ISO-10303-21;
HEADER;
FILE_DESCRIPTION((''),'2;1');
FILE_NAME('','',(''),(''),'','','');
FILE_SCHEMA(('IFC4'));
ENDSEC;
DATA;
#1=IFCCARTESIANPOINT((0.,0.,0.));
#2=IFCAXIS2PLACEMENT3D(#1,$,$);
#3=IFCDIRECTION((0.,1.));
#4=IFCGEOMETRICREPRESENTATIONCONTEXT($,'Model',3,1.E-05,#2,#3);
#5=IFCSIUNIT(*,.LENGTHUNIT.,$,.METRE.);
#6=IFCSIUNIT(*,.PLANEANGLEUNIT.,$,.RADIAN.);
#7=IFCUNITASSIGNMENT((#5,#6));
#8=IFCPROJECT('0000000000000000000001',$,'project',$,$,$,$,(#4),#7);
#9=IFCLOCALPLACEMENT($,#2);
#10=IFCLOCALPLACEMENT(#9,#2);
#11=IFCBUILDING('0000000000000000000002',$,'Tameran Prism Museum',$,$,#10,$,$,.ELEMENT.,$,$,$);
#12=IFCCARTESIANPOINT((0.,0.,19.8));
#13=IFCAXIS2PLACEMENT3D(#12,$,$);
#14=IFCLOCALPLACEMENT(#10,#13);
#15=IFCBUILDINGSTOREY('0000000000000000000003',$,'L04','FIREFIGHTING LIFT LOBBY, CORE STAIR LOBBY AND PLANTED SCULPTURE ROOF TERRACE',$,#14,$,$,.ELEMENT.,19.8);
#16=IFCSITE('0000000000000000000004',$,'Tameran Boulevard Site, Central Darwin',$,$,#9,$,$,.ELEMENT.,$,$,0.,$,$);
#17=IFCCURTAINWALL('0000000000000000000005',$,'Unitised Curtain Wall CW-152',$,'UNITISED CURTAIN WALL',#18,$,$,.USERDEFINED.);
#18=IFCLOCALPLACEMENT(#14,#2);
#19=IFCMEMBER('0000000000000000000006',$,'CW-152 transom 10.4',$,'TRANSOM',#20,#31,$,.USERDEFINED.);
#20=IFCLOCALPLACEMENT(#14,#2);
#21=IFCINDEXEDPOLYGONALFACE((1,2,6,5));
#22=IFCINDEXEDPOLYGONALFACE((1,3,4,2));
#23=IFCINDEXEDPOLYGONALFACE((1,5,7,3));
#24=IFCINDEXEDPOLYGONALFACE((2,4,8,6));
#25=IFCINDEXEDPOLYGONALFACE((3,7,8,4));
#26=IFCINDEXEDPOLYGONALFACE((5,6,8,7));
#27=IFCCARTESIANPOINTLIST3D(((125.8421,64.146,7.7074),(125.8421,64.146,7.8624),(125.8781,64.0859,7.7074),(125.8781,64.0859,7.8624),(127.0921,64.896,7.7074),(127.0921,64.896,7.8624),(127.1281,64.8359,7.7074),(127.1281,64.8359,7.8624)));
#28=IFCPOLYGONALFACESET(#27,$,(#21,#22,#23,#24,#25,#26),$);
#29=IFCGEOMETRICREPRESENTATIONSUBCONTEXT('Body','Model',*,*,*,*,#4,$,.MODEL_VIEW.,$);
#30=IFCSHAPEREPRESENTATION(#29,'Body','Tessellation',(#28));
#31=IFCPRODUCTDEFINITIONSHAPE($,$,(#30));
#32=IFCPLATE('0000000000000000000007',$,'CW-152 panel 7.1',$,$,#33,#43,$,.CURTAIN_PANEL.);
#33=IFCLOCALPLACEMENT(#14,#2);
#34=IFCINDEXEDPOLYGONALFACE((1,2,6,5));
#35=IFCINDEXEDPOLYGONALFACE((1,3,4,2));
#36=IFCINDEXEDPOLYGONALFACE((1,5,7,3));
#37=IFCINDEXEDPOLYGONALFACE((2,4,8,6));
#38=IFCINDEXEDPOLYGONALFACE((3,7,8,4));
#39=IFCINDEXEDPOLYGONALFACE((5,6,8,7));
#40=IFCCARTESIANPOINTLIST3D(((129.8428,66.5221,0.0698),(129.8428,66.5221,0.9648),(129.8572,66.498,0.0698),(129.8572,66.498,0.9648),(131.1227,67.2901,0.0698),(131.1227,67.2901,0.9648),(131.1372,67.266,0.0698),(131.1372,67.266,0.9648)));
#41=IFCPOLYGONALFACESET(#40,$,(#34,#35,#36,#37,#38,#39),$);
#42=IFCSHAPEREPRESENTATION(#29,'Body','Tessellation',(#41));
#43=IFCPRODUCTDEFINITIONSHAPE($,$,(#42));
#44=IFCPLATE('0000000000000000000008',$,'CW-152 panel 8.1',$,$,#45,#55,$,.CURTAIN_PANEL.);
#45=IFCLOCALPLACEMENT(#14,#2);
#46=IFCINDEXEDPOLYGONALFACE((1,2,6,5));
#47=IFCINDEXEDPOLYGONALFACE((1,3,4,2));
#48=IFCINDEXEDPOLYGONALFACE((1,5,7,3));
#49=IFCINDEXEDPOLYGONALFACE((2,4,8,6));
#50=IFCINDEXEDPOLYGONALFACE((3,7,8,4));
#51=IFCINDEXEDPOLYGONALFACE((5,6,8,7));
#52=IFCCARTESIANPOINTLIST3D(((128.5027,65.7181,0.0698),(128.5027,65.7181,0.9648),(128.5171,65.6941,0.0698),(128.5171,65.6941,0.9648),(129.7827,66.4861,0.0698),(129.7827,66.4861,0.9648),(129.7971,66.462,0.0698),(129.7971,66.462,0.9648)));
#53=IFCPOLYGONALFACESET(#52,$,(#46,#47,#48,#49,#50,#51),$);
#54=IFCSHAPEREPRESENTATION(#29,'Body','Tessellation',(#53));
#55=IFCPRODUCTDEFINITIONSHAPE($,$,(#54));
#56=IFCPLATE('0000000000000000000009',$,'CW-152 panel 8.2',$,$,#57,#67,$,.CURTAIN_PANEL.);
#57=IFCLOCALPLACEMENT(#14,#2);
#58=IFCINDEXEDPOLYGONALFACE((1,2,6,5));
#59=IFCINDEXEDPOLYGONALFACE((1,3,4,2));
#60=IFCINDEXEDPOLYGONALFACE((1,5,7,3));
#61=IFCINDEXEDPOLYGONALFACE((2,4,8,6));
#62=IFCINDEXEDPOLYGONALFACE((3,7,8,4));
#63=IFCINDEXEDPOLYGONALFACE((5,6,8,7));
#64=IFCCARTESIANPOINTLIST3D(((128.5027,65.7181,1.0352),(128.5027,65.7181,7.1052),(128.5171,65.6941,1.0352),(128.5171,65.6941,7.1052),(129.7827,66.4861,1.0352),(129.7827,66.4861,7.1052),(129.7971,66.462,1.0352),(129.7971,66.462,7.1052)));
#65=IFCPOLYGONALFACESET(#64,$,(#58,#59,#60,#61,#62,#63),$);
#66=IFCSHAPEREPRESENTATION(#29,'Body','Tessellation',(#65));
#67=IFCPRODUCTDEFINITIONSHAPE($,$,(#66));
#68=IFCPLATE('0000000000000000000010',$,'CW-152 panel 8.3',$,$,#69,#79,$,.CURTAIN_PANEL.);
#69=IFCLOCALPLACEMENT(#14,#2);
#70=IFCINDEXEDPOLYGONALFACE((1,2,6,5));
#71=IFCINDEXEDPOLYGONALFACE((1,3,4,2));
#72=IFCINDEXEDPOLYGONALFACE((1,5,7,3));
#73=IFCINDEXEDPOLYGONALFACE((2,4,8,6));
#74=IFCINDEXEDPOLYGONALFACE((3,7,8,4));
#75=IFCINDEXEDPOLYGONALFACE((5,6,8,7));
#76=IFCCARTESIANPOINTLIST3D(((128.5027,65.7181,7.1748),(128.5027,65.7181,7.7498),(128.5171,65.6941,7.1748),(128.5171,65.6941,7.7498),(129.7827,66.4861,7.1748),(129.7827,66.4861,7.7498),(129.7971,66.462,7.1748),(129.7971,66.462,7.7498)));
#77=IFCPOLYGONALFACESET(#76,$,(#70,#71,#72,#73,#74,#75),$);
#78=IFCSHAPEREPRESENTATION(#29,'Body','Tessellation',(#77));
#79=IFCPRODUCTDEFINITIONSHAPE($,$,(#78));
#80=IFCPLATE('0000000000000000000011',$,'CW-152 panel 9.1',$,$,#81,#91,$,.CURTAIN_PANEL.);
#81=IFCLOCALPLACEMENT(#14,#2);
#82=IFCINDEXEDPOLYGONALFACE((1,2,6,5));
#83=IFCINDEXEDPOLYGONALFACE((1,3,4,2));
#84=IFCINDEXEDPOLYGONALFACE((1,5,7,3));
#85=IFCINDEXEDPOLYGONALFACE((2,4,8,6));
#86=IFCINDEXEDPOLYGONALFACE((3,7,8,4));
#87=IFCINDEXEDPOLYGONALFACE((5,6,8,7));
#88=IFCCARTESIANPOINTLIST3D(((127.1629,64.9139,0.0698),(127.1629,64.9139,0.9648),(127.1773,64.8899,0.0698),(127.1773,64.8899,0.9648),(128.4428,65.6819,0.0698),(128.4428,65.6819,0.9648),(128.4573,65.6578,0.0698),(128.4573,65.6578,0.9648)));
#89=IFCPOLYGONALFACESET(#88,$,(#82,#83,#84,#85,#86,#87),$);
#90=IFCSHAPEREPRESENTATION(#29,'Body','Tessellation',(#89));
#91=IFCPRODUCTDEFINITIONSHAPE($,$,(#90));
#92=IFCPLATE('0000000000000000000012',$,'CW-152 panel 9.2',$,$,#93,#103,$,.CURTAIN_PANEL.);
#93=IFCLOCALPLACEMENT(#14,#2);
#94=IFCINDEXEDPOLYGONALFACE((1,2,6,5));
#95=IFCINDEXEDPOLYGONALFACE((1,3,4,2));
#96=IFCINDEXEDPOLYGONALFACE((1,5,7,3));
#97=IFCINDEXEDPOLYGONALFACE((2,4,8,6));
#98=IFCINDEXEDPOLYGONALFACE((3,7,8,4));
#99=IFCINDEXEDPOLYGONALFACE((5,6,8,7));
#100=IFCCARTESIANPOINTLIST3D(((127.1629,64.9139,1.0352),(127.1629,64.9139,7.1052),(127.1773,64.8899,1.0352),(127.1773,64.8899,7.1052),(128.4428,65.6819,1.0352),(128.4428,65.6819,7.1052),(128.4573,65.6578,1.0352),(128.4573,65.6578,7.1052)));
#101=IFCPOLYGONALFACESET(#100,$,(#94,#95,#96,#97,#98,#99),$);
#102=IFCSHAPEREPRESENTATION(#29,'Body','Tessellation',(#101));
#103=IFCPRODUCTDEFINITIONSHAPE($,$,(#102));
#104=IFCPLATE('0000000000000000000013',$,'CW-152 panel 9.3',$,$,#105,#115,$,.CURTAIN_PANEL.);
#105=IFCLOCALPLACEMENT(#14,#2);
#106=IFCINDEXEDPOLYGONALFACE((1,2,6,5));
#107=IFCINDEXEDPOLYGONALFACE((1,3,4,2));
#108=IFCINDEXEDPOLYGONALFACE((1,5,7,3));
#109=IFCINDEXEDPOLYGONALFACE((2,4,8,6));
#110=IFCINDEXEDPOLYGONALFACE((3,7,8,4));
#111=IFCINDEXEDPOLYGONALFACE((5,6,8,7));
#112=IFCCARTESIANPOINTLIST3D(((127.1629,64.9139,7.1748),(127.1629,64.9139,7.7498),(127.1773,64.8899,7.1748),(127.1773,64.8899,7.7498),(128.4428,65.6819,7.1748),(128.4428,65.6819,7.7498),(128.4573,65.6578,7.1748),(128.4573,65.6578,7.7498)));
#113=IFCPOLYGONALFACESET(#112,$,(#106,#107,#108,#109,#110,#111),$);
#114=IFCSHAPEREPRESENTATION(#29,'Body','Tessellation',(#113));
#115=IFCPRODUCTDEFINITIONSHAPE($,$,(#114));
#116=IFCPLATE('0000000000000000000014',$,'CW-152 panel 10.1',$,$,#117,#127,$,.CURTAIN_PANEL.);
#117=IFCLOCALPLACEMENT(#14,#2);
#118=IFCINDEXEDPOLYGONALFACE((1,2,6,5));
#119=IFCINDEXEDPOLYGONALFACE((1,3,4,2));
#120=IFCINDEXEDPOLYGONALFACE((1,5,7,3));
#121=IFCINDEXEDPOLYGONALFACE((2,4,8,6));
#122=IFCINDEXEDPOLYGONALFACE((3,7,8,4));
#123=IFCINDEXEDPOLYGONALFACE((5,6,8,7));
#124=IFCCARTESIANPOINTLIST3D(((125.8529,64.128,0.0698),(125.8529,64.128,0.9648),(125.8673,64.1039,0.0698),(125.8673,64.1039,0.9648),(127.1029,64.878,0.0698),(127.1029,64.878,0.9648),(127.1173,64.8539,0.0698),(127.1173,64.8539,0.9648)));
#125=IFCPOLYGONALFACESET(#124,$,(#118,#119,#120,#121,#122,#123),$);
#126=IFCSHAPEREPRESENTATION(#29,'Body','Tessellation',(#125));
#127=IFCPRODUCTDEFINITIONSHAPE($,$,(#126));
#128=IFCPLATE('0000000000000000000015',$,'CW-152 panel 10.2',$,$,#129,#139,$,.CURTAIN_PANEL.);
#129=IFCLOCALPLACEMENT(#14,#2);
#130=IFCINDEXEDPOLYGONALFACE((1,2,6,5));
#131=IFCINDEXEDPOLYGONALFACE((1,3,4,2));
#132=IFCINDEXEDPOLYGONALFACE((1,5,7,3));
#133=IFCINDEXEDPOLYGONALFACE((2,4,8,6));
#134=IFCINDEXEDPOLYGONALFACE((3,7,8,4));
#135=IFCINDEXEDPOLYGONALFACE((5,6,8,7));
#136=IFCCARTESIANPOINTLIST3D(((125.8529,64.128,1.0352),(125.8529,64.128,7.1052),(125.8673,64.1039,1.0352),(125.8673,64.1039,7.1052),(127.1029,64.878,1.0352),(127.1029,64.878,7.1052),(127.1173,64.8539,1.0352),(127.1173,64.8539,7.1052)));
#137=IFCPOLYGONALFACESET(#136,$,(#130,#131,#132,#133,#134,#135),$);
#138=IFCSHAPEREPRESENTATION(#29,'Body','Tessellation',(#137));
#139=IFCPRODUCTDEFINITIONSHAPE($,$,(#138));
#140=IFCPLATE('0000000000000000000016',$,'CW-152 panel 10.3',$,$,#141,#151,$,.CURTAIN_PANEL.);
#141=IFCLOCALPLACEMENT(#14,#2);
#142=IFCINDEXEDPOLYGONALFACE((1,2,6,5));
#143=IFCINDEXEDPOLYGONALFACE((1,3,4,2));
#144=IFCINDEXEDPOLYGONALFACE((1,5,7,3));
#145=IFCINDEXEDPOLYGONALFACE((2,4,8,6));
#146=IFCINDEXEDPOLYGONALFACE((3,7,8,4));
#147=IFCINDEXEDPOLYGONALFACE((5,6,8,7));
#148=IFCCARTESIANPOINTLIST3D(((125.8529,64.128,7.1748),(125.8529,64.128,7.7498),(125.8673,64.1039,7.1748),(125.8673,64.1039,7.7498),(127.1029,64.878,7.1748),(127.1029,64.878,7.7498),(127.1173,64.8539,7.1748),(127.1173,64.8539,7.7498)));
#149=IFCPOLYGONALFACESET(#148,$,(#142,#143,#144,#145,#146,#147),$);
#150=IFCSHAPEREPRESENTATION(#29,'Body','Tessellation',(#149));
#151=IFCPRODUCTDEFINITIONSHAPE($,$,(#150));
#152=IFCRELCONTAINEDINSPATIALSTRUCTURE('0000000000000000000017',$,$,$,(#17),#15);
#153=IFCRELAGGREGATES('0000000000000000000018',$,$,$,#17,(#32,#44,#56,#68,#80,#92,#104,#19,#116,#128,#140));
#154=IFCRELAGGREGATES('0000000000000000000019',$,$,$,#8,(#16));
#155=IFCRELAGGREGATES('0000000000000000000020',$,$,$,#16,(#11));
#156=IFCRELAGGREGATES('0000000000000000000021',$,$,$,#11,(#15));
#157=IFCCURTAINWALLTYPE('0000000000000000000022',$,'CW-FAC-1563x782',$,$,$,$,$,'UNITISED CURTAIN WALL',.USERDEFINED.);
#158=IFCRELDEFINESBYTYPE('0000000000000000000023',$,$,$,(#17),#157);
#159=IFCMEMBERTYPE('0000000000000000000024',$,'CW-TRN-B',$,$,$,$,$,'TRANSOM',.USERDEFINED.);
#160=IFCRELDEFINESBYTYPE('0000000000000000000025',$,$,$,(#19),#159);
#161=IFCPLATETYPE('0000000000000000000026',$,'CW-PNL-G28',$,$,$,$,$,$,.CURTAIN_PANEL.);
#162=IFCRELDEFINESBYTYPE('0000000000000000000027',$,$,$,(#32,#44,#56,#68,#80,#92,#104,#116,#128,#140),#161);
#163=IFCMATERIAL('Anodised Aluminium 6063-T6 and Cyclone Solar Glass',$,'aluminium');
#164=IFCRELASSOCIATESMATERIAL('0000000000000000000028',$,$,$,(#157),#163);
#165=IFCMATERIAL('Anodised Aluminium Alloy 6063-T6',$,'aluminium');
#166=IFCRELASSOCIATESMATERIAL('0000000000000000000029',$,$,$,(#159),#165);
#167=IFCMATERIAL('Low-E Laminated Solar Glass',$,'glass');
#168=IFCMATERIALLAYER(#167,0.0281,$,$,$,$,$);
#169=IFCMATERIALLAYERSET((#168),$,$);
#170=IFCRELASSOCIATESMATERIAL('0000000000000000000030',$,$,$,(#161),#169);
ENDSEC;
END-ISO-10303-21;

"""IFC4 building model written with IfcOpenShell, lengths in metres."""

from ifc_helpers import new_model, si_unit, direction, frame, origin, origin_2d, place, context, subcontext, project, spatial, rectangle, extrude, material, layer, layer_set, material_profile, profile_set, type_object, element, aggregate, save


model = new_model("IFC4")

# Units and contexts
model_context = context("Model", 3, precision=1e-05, world=origin(), true_north=direction((0.0, 1.0)))
body_context = subcontext(model_context, "Body", "Model", "MODEL_VIEW")
ifc_project = project(units=[si_unit("LENGTHUNIT", "METRE"), si_unit("PLANEANGLEUNIT", "RADIAN")], contexts=[model_context])

# Site, building, storey
site_placement = place(None, origin())
site = spatial("IfcSite", under=ifc_project, at=site_placement, Name="Tameran Boulevard Site, Central Darwin", CompositionType="ELEMENT", RefElevation=0.0)
building_placement = place(site_placement, origin())
building = spatial("IfcBuilding", under=site, at=building_placement, Name="Tameran Prism Museum", CompositionType="ELEMENT")
storey_placement = place(building_placement, frame((0.0, 0.0, 19.8)))
storey = spatial("IfcBuildingStorey", under=building, at=storey_placement, Name="L04", Description="FIREFIGHTING LIFT LOBBY, CORE STAIR LOBBY AND PLANTED SCULPTURE ROOF TERRACE", CompositionType="ELEMENT", Elevation=19.8)

# Curtain wall, member, plates
ifc_material_1 = material(Name="Anodised Aluminium 6063-T6 and Cyclone Solar Glass", Category="aluminium")
curtain_wall_type = type_object("IfcCurtainWallType", Name="CW-FAC-1563x782", ElementType="UNITISED CURTAIN WALL", PredefinedType="USERDEFINED", material=ifc_material_1)
curtain_wall_placement = place(storey_placement, origin())
curtain_wall = element("IfcCurtainWall", 1, at=curtain_wall_placement, inside=storey, type_object=curtain_wall_type, Name="Unitised Curtain Wall CW-152", ObjectType="UNITISED CURTAIN WALL", PredefinedType="USERDEFINED")
ifc_material_2 = material(Name="Anodised Aluminium Alloy 6063-T6", Category="aluminium")
ifc_material_profile_1 = material_profile(ifc_material_2, rectangle(XDim=0.0701, YDim=0.155, at=origin_2d()))
ifc_profile_set_1 = profile_set([ifc_material_profile_1])
member_type_1 = type_object("IfcMemberType", Name="CW-TRN-B", ElementType="TRANSOM", PredefinedType="USERDEFINED", material=ifc_profile_set_1)
member_1_placement = place(storey_placement, frame((127.1101, 64.866, 7.7849), z_axis=(-0.857493, -0.514496, 0.0), x_axis=(0.514496, -0.857493, 0.0)))
member_1 = element("IfcMember", 2, at=member_1_placement, type_object=member_type_1, Name="CW-152 transom 10.4", ObjectType="TRANSOM", PredefinedType="USERDEFINED", context=body_context, shape_type="SweptSolid", body=[
    extrude(rectangle(XDim=0.0701, YDim=0.155, at=origin_2d()), origin(), (0.0, 0.0, 1.0), 1.4578),
])
ifc_material_3 = material(Name="Low-E Laminated Solar Glass", Category="glass")
ifc_layer = layer(ifc_material_3, 0.0281)
ifc_layer_set = layer_set([ifc_layer])
plate_type = type_object("IfcPlateType", Name="CW-PNL-G28", PredefinedType="CURTAIN_PANEL", material=ifc_layer_set)
plate_1_placement = place(storey_placement, frame((130.49, 66.894, 0.0698), z_axis=(0.0, 0.0, 1.0), x_axis=(-0.857493, -0.514496, 0.0)))
plate_1 = element("IfcPlate", 3, at=plate_1_placement, type_object=plate_type, Name="CW-152 panel 7.1", PredefinedType="CURTAIN_PANEL", context=body_context, shape_type="SweptSolid", body=[
    extrude(rectangle(XDim=1.4927, YDim=0.0281, at=origin_2d()), origin(), (0.0, 0.0, 1.0), 0.895),
])
plate_2_placement = place(storey_placement, frame((129.1499, 66.0901, 0.0698), z_axis=(0.0, 0.0, 1.0), x_axis=(-0.857493, -0.514496, 0.0)))
plate_2 = element("IfcPlate", 4, at=plate_2_placement, type_object=plate_type, Name="CW-152 panel 8.1", PredefinedType="CURTAIN_PANEL", context=body_context, shape_type="SweptSolid", body=[
    extrude(rectangle(XDim=1.4927, YDim=0.0281, at=origin_2d()), origin(), (0.0, 0.0, 1.0), 0.895),
])
plate_3_placement = place(storey_placement, frame((129.1499, 66.0901, 1.0352), z_axis=(0.0, 0.0, 1.0), x_axis=(-0.857493, -0.514496, 0.0)))
plate_3 = element("IfcPlate", 5, at=plate_3_placement, type_object=plate_type, Name="CW-152 panel 8.2", PredefinedType="CURTAIN_PANEL", context=body_context, shape_type="SweptSolid", body=[
    extrude(rectangle(XDim=1.4927, YDim=0.0281, at=origin_2d()), origin(), (0.0, 0.0, 1.0), 6.0701),
])
plate_4_placement = place(storey_placement, frame((129.1499, 66.0901, 7.1748), z_axis=(0.0, 0.0, 1.0), x_axis=(-0.857493, -0.514496, 0.0)))
plate_4 = element("IfcPlate", 6, at=plate_4_placement, type_object=plate_type, Name="CW-152 panel 8.3", PredefinedType="CURTAIN_PANEL", context=body_context, shape_type="SweptSolid", body=[
    extrude(rectangle(XDim=1.4927, YDim=0.0281, at=origin_2d()), origin(), (0.0, 0.0, 1.0), 0.575),
])
plate_5_placement = place(storey_placement, frame((127.8101, 65.2859, 0.0698), z_axis=(0.0, 0.0, 1.0), x_axis=(-0.857493, -0.514496, 0.0)))
plate_5 = element("IfcPlate", 7, at=plate_5_placement, type_object=plate_type, Name="CW-152 panel 9.1", PredefinedType="CURTAIN_PANEL", context=body_context, shape_type="SweptSolid", body=[
    extrude(rectangle(XDim=1.4927, YDim=0.0281, at=origin_2d()), origin(), (0.0, 0.0, 1.0), 0.895),
])
plate_6_placement = place(storey_placement, frame((127.8101, 65.2859, 1.0352), z_axis=(0.0, 0.0, 1.0), x_axis=(-0.857493, -0.514496, 0.0)))
plate_6 = element("IfcPlate", 8, at=plate_6_placement, type_object=plate_type, Name="CW-152 panel 9.2", PredefinedType="CURTAIN_PANEL", context=body_context, shape_type="SweptSolid", body=[
    extrude(rectangle(XDim=1.4927, YDim=0.0281, at=origin_2d()), origin(), (0.0, 0.0, 1.0), 6.0701),
])
plate_7_placement = place(storey_placement, frame((127.8101, 65.2859, 7.1748), z_axis=(0.0, 0.0, 1.0), x_axis=(-0.857493, -0.514496, 0.0)))
plate_7 = element("IfcPlate", 9, at=plate_7_placement, type_object=plate_type, Name="CW-152 panel 9.3", PredefinedType="CURTAIN_PANEL", context=body_context, shape_type="SweptSolid", body=[
    extrude(rectangle(XDim=1.4927, YDim=0.0281, at=origin_2d()), origin(), (0.0, 0.0, 1.0), 0.575),
])
plate_8_placement = place(storey_placement, frame((126.4851, 64.491, 0.0698), z_axis=(0.0, 0.0, 1.0), x_axis=(-0.857493, -0.514496, 0.0)))
plate_8 = element("IfcPlate", 10, at=plate_8_placement, type_object=plate_type, Name="CW-152 panel 10.1", PredefinedType="CURTAIN_PANEL", context=body_context, shape_type="SweptSolid", body=[
    extrude(rectangle(XDim=1.4578, YDim=0.0281, at=origin_2d()), origin(), (0.0, 0.0, 1.0), 0.895),
])
plate_9_placement = place(storey_placement, frame((126.4851, 64.491, 1.0352), z_axis=(0.0, 0.0, 1.0), x_axis=(-0.857493, -0.514496, 0.0)))
plate_9 = element("IfcPlate", 11, at=plate_9_placement, type_object=plate_type, Name="CW-152 panel 10.2", PredefinedType="CURTAIN_PANEL", context=body_context, shape_type="SweptSolid", body=[
    extrude(rectangle(XDim=1.4578, YDim=0.0281, at=origin_2d()), origin(), (0.0, 0.0, 1.0), 6.0701),
])
plate_10_placement = place(storey_placement, frame((126.4851, 64.491, 7.1748), z_axis=(0.0, 0.0, 1.0), x_axis=(-0.857493, -0.514496, 0.0)))
plate_10 = element("IfcPlate", 12, at=plate_10_placement, type_object=plate_type, Name="CW-152 panel 10.3", PredefinedType="CURTAIN_PANEL", context=body_context, shape_type="SweptSolid", body=[
    extrude(rectangle(XDim=1.4578, YDim=0.0281, at=origin_2d()), origin(), (0.0, 0.0, 1.0), 0.575),
])
aggregate(curtain_wall, [plate_1, plate_2, plate_3, plate_4, plate_5, plate_6, plate_7, member_1, plate_8, plate_9, plate_10])

save(model, "model.ifc")
